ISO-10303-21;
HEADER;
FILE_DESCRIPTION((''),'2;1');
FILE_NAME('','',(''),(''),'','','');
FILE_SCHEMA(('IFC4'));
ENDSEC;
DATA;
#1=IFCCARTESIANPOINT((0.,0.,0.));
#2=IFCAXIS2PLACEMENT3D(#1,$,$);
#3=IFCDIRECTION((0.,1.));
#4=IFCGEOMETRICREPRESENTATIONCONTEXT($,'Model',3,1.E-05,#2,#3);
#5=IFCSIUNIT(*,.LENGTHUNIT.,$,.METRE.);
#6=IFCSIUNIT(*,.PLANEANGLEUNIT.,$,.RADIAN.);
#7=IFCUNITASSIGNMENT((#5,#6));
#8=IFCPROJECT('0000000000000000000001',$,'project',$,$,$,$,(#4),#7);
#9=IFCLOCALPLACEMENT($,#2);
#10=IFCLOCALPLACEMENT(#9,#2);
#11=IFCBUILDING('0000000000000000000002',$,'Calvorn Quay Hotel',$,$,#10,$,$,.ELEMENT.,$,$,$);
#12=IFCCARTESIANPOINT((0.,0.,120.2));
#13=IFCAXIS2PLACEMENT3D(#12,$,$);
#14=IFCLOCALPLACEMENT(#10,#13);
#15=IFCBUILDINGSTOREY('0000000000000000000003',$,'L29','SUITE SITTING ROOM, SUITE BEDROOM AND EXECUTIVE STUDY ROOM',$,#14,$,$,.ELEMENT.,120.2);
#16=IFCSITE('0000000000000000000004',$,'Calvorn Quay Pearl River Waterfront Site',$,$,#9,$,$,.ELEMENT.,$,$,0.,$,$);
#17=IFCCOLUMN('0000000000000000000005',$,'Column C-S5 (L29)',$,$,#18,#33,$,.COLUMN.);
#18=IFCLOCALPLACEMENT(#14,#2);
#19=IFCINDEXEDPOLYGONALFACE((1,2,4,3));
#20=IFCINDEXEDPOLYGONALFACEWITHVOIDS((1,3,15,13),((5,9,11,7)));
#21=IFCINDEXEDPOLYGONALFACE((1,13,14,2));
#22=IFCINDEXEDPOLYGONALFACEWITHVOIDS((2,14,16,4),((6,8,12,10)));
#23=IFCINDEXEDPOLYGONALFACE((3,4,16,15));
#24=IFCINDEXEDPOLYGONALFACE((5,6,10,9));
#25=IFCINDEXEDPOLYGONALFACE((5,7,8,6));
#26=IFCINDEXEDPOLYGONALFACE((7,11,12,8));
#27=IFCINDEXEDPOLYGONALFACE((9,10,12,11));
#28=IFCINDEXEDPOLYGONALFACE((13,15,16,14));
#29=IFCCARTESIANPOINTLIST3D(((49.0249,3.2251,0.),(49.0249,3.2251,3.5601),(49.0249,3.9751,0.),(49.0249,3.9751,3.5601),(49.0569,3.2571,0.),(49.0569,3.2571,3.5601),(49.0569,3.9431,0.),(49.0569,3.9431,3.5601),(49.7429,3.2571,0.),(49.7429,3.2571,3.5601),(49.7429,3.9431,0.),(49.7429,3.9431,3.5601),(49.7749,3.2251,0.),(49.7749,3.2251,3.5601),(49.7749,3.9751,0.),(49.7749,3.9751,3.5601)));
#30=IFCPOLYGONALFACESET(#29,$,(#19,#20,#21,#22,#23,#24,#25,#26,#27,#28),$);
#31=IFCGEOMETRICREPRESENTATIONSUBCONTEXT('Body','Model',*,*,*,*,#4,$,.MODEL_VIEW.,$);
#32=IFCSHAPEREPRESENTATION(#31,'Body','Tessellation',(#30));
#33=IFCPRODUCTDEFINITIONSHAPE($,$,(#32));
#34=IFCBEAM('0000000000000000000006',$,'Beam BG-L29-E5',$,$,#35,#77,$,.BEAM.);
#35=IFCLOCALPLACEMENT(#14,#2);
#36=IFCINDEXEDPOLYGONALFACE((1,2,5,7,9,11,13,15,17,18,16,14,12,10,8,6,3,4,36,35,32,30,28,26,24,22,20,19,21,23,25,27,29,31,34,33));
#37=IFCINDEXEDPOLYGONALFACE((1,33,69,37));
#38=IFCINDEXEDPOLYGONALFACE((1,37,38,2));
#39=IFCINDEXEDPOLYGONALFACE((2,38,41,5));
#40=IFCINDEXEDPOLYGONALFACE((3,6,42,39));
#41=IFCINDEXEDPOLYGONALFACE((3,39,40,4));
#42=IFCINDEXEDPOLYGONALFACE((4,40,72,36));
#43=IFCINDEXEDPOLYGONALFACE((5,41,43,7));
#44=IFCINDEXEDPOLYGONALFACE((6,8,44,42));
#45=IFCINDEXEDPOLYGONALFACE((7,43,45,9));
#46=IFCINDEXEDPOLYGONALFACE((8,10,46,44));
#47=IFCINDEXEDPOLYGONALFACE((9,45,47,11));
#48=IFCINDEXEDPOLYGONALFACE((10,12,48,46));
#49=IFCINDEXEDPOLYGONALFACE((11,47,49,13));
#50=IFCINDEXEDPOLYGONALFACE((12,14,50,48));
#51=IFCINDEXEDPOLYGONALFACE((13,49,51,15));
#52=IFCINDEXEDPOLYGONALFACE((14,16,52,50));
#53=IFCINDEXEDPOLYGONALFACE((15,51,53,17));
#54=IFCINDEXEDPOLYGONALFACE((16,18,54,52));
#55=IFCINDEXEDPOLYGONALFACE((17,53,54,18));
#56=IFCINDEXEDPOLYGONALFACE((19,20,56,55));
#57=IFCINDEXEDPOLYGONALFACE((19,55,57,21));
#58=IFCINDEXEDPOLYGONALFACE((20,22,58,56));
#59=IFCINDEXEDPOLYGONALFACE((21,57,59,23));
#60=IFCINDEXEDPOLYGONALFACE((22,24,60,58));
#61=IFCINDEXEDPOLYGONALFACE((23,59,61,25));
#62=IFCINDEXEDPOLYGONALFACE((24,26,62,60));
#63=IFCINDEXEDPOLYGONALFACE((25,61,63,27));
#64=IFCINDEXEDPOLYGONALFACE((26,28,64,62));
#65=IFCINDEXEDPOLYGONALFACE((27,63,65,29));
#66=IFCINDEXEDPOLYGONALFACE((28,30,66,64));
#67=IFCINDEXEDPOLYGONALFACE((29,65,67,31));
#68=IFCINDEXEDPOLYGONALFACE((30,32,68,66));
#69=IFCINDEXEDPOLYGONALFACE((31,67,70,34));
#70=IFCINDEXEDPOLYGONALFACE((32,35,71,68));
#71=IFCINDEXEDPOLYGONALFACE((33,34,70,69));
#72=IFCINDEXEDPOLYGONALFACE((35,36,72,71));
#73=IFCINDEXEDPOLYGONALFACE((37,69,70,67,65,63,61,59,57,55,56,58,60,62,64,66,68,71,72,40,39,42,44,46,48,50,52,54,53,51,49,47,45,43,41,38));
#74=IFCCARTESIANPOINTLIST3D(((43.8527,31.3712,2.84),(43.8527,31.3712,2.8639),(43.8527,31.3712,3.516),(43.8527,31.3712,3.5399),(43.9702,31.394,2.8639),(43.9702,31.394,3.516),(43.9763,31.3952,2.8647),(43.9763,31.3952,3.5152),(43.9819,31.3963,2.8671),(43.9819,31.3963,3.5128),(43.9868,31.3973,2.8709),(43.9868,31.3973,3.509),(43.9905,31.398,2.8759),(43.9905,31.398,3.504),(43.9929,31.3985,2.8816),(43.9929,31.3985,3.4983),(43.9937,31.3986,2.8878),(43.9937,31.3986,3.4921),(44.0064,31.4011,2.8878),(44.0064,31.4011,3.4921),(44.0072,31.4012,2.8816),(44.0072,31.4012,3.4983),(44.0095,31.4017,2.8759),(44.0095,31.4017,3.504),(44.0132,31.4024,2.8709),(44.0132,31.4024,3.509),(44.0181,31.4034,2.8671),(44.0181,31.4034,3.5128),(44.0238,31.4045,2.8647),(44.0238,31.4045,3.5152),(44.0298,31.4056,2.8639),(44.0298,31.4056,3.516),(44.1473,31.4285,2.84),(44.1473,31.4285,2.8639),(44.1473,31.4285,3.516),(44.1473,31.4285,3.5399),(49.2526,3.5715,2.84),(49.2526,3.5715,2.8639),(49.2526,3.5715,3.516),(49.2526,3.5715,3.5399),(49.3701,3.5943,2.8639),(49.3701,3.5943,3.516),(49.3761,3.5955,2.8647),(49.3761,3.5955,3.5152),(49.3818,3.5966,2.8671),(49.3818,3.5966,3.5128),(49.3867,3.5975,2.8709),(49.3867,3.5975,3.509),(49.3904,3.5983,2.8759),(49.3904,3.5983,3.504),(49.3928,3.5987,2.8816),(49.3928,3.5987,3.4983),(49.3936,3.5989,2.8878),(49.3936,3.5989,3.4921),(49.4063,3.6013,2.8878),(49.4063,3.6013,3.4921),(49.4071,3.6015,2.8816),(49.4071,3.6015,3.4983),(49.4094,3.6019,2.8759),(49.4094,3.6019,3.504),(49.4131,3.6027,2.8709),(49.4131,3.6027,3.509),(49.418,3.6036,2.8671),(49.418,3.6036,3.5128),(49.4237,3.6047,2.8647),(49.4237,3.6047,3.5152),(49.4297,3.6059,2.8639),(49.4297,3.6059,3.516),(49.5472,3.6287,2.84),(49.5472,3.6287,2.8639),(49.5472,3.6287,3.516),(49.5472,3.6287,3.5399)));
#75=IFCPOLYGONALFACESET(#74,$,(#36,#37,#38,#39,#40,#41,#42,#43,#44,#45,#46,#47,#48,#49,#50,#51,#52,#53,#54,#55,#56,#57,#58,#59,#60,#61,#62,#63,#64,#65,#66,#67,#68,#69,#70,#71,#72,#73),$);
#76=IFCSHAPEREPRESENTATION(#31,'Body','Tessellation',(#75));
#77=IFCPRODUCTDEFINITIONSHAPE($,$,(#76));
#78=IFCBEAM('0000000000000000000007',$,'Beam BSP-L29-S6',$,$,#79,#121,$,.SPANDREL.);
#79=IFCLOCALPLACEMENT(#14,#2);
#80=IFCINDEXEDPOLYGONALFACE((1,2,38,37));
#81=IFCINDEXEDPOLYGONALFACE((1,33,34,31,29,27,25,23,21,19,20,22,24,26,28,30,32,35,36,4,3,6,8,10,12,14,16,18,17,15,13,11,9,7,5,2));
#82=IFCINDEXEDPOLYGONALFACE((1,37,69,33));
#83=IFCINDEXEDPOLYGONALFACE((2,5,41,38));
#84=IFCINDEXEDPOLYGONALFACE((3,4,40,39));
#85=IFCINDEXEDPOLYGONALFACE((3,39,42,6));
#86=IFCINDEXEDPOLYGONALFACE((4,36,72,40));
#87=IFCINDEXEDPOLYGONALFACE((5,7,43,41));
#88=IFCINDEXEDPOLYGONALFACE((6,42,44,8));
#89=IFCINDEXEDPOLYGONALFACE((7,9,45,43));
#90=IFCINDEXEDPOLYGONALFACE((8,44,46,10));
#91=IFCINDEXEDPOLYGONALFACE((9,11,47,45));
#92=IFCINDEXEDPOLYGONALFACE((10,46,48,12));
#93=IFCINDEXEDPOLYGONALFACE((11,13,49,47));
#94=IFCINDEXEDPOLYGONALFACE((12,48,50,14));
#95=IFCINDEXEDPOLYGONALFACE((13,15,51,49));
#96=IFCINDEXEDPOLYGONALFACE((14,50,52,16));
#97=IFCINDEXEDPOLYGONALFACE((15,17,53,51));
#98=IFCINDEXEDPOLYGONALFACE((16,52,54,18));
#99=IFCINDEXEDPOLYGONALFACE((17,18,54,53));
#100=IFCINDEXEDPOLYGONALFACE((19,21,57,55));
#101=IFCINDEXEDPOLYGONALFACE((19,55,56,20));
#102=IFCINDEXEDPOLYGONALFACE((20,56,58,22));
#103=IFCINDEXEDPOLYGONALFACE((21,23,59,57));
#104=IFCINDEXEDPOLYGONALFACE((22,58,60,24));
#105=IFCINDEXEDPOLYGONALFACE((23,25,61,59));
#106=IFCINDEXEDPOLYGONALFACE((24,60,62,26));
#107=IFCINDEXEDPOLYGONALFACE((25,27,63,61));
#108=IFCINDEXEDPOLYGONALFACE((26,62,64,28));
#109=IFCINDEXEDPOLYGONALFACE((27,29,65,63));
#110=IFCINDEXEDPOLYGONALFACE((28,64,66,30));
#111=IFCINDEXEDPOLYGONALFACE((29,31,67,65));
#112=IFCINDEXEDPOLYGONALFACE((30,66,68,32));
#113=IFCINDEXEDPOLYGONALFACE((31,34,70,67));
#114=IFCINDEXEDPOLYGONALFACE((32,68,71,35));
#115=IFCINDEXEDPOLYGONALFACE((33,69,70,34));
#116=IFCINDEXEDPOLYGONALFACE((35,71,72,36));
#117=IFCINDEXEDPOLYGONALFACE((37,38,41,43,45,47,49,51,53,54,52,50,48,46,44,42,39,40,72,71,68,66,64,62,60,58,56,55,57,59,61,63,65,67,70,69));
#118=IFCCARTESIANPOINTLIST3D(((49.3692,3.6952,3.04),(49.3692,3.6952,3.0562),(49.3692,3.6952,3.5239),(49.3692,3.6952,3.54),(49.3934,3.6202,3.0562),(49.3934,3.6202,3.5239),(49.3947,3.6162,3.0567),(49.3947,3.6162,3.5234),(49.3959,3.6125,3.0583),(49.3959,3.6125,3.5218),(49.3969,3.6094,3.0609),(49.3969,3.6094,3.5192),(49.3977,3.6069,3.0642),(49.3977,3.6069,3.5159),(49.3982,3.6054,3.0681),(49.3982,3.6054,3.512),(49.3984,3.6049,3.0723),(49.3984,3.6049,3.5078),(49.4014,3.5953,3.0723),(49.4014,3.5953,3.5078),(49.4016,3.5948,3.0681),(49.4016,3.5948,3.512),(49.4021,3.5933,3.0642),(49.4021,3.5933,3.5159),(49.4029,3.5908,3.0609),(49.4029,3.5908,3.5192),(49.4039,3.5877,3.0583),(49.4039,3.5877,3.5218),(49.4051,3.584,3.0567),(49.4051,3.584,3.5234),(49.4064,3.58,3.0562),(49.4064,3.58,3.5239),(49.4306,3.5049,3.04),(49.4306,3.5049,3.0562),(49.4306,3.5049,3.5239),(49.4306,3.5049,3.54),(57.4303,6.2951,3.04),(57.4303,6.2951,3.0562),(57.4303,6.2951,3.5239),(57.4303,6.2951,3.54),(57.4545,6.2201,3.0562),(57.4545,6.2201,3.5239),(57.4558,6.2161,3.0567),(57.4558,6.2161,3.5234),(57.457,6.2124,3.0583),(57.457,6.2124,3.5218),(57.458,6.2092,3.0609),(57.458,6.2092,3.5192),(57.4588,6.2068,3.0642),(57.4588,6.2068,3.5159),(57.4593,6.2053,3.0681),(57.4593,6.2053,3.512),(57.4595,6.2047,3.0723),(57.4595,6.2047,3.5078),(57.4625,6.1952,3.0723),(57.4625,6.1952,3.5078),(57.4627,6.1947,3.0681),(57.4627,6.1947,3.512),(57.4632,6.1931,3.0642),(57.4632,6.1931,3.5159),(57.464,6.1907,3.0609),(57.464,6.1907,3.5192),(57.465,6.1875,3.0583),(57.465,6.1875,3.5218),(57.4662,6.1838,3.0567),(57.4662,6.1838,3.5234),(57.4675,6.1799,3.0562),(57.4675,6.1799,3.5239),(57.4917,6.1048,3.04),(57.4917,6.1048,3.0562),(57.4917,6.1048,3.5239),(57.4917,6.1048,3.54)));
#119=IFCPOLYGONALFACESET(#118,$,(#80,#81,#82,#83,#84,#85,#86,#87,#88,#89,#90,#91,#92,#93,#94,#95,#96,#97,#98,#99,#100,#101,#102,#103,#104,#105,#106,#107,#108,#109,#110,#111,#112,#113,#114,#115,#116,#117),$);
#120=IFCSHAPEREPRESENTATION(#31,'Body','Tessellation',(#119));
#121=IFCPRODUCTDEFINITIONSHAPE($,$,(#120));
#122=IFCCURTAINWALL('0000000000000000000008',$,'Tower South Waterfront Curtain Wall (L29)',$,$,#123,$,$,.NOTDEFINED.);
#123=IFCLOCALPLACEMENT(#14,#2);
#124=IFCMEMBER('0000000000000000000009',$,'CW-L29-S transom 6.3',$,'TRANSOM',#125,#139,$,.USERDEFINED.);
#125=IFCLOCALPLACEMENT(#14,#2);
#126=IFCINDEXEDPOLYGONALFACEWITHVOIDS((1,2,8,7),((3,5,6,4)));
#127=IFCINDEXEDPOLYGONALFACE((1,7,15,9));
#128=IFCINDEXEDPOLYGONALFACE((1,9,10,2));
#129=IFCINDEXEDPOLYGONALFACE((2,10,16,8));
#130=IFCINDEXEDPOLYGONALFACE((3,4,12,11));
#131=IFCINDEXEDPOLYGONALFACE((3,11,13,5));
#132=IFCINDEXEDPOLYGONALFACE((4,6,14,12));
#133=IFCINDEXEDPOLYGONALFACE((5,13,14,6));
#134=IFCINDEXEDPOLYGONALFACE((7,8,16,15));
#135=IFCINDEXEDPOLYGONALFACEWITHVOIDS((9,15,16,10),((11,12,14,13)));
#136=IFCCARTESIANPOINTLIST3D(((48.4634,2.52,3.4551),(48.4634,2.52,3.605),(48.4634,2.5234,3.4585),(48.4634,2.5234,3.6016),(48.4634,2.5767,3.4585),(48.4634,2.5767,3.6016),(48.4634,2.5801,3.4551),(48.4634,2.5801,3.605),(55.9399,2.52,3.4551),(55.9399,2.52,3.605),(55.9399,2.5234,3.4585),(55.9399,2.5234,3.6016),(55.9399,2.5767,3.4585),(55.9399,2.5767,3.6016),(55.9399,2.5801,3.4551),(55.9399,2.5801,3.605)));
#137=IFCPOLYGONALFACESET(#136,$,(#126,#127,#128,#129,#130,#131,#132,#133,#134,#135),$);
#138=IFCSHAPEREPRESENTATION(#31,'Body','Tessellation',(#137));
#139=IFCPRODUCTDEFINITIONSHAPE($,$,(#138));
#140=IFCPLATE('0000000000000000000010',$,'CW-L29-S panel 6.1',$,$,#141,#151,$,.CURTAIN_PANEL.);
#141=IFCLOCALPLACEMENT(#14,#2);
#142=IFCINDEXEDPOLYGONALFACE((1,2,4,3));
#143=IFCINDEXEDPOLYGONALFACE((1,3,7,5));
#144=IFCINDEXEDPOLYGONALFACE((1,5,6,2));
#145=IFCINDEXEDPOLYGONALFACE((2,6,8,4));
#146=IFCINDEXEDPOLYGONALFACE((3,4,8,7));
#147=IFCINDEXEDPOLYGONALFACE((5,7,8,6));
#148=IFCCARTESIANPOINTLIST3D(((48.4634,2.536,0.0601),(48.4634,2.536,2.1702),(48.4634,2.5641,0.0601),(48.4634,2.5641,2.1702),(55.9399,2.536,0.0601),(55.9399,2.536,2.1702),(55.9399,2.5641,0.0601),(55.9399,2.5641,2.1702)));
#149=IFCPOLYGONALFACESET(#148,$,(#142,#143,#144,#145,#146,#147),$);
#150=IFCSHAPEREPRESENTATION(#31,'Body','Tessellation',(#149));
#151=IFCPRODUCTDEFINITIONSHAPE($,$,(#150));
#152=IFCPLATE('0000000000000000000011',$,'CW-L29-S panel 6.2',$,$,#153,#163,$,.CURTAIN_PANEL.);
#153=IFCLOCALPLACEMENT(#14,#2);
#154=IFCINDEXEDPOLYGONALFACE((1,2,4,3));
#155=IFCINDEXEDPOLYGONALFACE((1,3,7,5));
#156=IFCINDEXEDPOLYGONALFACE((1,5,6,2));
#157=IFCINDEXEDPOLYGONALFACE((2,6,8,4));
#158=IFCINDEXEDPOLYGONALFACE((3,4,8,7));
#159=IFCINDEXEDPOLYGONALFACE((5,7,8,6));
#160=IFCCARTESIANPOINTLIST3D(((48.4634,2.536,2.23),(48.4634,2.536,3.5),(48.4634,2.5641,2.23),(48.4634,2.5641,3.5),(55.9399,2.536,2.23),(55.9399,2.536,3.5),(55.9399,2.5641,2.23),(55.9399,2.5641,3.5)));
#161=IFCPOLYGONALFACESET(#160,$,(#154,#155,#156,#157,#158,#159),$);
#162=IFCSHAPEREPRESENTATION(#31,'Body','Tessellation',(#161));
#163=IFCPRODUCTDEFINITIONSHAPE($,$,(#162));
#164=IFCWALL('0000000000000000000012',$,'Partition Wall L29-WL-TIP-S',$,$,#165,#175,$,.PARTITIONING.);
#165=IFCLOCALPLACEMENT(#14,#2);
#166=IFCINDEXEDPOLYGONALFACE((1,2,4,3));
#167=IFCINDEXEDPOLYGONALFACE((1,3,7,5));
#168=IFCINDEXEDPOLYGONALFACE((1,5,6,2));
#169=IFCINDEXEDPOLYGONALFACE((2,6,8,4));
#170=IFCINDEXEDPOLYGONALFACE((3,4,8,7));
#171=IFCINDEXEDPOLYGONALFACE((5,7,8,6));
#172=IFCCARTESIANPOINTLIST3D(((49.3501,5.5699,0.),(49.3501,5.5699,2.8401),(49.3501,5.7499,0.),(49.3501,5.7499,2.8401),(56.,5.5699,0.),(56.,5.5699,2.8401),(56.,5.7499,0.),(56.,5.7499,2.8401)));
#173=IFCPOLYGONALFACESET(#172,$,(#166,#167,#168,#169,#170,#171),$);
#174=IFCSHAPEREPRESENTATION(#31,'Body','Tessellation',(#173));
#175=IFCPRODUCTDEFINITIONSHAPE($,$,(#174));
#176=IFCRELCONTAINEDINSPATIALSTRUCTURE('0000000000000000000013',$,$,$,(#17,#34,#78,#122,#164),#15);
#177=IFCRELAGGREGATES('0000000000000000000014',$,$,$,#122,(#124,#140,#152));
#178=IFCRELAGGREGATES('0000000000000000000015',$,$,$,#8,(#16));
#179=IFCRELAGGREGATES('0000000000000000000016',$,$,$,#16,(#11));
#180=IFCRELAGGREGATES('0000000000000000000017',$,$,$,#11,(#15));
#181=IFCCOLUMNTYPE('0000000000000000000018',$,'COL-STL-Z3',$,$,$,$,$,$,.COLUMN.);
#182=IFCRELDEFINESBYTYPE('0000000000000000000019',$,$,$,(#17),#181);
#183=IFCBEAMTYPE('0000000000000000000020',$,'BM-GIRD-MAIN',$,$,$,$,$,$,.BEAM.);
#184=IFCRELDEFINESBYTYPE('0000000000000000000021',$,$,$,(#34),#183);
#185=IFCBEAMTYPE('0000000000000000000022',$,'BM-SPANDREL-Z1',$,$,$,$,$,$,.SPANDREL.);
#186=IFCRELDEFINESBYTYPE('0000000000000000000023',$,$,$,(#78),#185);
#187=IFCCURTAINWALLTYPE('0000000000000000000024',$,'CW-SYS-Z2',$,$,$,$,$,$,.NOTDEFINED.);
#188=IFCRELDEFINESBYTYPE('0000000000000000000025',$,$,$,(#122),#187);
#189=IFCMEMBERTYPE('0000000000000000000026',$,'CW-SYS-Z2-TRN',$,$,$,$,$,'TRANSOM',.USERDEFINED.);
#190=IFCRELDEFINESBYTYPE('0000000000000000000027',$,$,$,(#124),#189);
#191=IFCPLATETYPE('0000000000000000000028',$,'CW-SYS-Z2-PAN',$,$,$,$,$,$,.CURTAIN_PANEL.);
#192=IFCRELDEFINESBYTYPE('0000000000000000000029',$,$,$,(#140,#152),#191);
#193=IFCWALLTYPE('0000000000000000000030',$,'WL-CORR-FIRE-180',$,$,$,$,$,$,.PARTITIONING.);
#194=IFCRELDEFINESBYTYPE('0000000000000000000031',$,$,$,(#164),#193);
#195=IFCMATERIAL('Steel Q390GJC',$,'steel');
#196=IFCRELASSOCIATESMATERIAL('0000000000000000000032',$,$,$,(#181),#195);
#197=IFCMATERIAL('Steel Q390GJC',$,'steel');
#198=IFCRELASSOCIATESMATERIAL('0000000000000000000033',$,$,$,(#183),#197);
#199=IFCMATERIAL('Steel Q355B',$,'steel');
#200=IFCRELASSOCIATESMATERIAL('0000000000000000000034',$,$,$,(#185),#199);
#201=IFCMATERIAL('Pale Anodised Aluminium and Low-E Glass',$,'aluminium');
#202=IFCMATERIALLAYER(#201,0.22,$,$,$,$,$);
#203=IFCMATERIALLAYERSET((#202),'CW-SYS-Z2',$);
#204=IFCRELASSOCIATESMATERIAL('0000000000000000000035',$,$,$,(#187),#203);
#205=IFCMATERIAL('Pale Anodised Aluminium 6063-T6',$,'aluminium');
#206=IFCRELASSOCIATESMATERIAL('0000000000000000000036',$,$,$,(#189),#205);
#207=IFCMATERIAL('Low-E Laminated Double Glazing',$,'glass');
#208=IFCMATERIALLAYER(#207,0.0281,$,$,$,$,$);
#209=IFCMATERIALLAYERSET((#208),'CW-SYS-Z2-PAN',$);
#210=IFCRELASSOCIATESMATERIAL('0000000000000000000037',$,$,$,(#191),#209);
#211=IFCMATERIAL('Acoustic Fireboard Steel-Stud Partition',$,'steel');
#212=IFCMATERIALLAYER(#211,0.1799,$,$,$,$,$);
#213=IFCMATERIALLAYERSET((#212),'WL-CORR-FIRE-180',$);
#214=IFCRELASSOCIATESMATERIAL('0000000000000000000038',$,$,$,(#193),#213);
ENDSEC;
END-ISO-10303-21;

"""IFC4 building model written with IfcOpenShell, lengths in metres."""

from ifc_helpers import new_model, si_unit, direction, frame, frame_2d, origin, origin_2d, place, context, subcontext, project, spatial, rectangle, hollow_rectangle, i_section, extrude, material, layer, layer_set, material_profile, profile_set, type_object, element, aggregate, save


model = new_model("IFC4")

# Units and contexts
model_context = context("Model", 3, precision=1e-05, world=origin(), true_north=direction((0.0, 1.0)))
body_context = subcontext(model_context, "Body", "Model", "MODEL_VIEW")
ifc_project = project(units=[si_unit("LENGTHUNIT", "METRE"), si_unit("PLANEANGLEUNIT", "RADIAN")], contexts=[model_context])

# Site, building, storey
site_placement = place(None, origin())
site = spatial("IfcSite", under=ifc_project, at=site_placement, Name="Calvorn Quay Pearl River Waterfront Site", CompositionType="ELEMENT", RefElevation=0.0)
building_placement = place(site_placement, origin())
building = spatial("IfcBuilding", under=site, at=building_placement, Name="Calvorn Quay Hotel", CompositionType="ELEMENT")
storey_placement = place(building_placement, frame((0.0, 0.0, 120.2)))
storey = spatial("IfcBuildingStorey", under=building, at=storey_placement, Name="L29", Description="SUITE SITTING ROOM, SUITE BEDROOM AND EXECUTIVE STUDY ROOM", CompositionType="ELEMENT", Elevation=120.2)

# Column
ifc_material_1 = material(Name="Steel Q390GJC", Category="steel")
ifc_material_profile_1 = material_profile(ifc_material_1, hollow_rectangle(XDim=0.75, YDim=0.75, WallThickness=0.032, at=origin_2d()), Name="BOX750x750x32")
ifc_profile_set_1 = profile_set([ifc_material_profile_1], Name="Steel Q390GJC")
column_type = type_object("IfcColumnType", Name="COL-STL-Z3", PredefinedType="COLUMN", material=ifc_profile_set_1)
column_placement = place(storey_placement, frame((49.3999, 3.6001, 0.0), z_axis=(0.0, 0.0, 1.0), x_axis=(1.0, 0.0, 0.0)))
element("IfcColumn", 1, at=column_placement, inside=storey, type_object=column_type, Name="Column C-S5 (L29)", PredefinedType="COLUMN", context=body_context, shape_type="SweptSolid", body=[
    extrude(hollow_rectangle(XDim=0.75, YDim=0.75, WallThickness=0.032, at=origin_2d()), origin(), (0.0, 0.0, 1.0), 3.5601),
])

# Beams
ifc_material_2 = material(Name="Steel Q390GJC", Category="steel")
ifc_material_profile_2 = material_profile(ifc_material_2, i_section(OverallWidth=0.3, OverallDepth=0.7, WebThickness=0.0129, FlangeThickness=0.0239, FilletRadius=0.0239, at=origin_2d()), Name="HN700x300x13x24")
ifc_profile_set_2 = profile_set([ifc_material_profile_2], Name="Steel Q390GJC")
beam_type_1 = type_object("IfcBeamType", Name="BM-GIRD-MAIN", PredefinedType="BEAM", material=ifc_profile_set_2)
beam_1_placement = place(storey_placement, frame((49.3999, 3.6001, 3.1899), z_axis=(-0.190679, 0.981653, 0.0), x_axis=(-0.981653, -0.190679, 0.0)))
element("IfcBeam", 2, at=beam_1_placement, inside=storey, type_object=beam_type_1, Name="Beam BG-L29-E5", PredefinedType="BEAM", context=body_context, shape_type="SweptSolid", body=[
    extrude(i_section(OverallWidth=0.3, OverallDepth=0.7, WebThickness=0.0129, FlangeThickness=0.0239, FilletRadius=0.0239, at=origin_2d()), origin(), (0.0, 0.0, 1.0), 28.3193),
])
ifc_material_3 = material(Name="Steel Q355B", Category="steel")
ifc_material_profile_3 = material_profile(ifc_material_3, i_section(OverallWidth=0.2, OverallDepth=0.5, WebThickness=0.01, FlangeThickness=0.0161, FilletRadius=0.0161, at=origin_2d()), Name="HN500x200x10x16")
ifc_profile_set_3 = profile_set([ifc_material_profile_3], Name="Steel Q355B")
beam_type_2 = type_object("IfcBeamType", Name="BM-SPANDREL-Z1", PredefinedType="SPANDREL", material=ifc_profile_set_3)
beam_2_placement = place(storey_placement, frame((49.3999, 3.6001, 3.29), z_axis=(0.951725, 0.306951, 0.0), x_axis=(-0.306951, 0.951725, 0.0)))
element("IfcBeam", 3, at=beam_2_placement, inside=storey, type_object=beam_type_2, Name="Beam BSP-L29-S6", PredefinedType="SPANDREL", context=body_context, shape_type="SweptSolid", body=[
    extrude(i_section(OverallWidth=0.2, OverallDepth=0.5, WebThickness=0.01, FlangeThickness=0.0161, FilletRadius=0.0161, at=origin_2d()), origin(), (0.0, 0.0, 1.0), 8.47),
])

# Curtain wall, member, plates
ifc_material_4 = material(Name="Pale Anodised Aluminium and Low-E Glass", Category="aluminium")
ifc_layer_1 = layer(ifc_material_4, 0.22)
ifc_layer_set_1 = layer_set([ifc_layer_1], Name="CW-SYS-Z2")
curtain_wall_type = type_object("IfcCurtainWallType", Name="CW-SYS-Z2", PredefinedType="NOTDEFINED", material=ifc_layer_set_1)
curtain_wall_placement = place(storey_placement, origin())
curtain_wall = element("IfcCurtainWall", 4, at=curtain_wall_placement, inside=storey, type_object=curtain_wall_type, Name="Tower South Waterfront Curtain Wall (L29)", PredefinedType="NOTDEFINED")
ifc_material_5 = material(Name="Pale Anodised Aluminium 6063-T6", Category="aluminium")
ifc_material_profile_4 = material_profile(ifc_material_5, hollow_rectangle(XDim=0.0601, YDim=0.1499, WallThickness=0.0034, at=origin_2d()), Name="ALU-T150x60x3.5")
ifc_profile_set_4 = profile_set([ifc_material_profile_4], Name="Pale Anodised Aluminium 6063-T6")
member_type = type_object("IfcMemberType", Name="CW-SYS-Z2-TRN", ElementType="TRANSOM", PredefinedType="USERDEFINED", material=ifc_profile_set_4)
member_placement = place(storey_placement, frame((48.4634, 2.55, 3.53), z_axis=(1.0, 0.0, 0.0), x_axis=(0.0, 1.0, 0.0)))
member = element("IfcMember", 5, at=member_placement, type_object=member_type, Name="CW-L29-S transom 6.3", ObjectType="TRANSOM", PredefinedType="USERDEFINED", context=body_context, shape_type="SweptSolid", body=[
    extrude(hollow_rectangle(XDim=0.0601, YDim=0.1499, WallThickness=0.0034, at=origin_2d()), origin(), (0.0, 0.0, 1.0), 7.4766),
])
ifc_material_6 = material(Name="Low-E Laminated Double Glazing", Category="glass")
ifc_layer_2 = layer(ifc_material_6, 0.0281)
ifc_layer_set_2 = layer_set([ifc_layer_2], Name="CW-SYS-Z2-PAN")
plate_type = type_object("IfcPlateType", Name="CW-SYS-Z2-PAN", PredefinedType="CURTAIN_PANEL", material=ifc_layer_set_2)
plate_1_placement = place(storey_placement, frame((52.2017, 2.55, 0.0601), z_axis=(0.0, 0.0, 1.0), x_axis=(1.0, 0.0, 0.0)))
plate_1 = element("IfcPlate", 6, at=plate_1_placement, type_object=plate_type, Name="CW-L29-S panel 6.1", PredefinedType="CURTAIN_PANEL", context=body_context, shape_type="SweptSolid", body=[
    extrude(rectangle(XDim=7.4766, YDim=0.0281, at=origin_2d()), origin(), (0.0, 0.0, 1.0), 2.1101),
])
plate_2_placement = place(storey_placement, frame((52.2017, 2.55, 2.23), z_axis=(0.0, 0.0, 1.0), x_axis=(1.0, 0.0, 0.0)))
plate_2 = element("IfcPlate", 7, at=plate_2_placement, type_object=plate_type, Name="CW-L29-S panel 6.2", PredefinedType="CURTAIN_PANEL", context=body_context, shape_type="SweptSolid", body=[
    extrude(rectangle(XDim=7.4766, YDim=0.0281, at=origin_2d()), origin(), (0.0, 0.0, 1.0), 1.27),
])
aggregate(curtain_wall, [member, plate_1, plate_2])

# Wall
ifc_material_7 = material(Name="Acoustic Fireboard Steel-Stud Partition", Category="steel")
ifc_layer_3 = layer(ifc_material_7, 0.1799)
ifc_layer_set_3 = layer_set([ifc_layer_3], Name="WL-CORR-FIRE-180")
wall_type_1 = type_object("IfcWallType", Name="WL-CORR-FIRE-180", PredefinedType="PARTITIONING", material=ifc_layer_set_3)
wall_1_placement = place(storey_placement, frame((49.3501, 5.6599, 0.0), z_axis=(0.0, 0.0, 1.0), x_axis=(1.0, 0.0, 0.0)))
element("IfcWall", 8, at=wall_1_placement, inside=storey, type_object=wall_type_1, Name="Partition Wall L29-WL-TIP-S", PredefinedType="PARTITIONING", context=body_context, shape_type="SweptSolid", body=[
    extrude(rectangle(XDim=6.6499, YDim=0.1799, at=frame_2d((3.325, 0.0))), origin(), (0.0, 0.0, 1.0), 2.8401),
])

save(model, "model.ifc")
